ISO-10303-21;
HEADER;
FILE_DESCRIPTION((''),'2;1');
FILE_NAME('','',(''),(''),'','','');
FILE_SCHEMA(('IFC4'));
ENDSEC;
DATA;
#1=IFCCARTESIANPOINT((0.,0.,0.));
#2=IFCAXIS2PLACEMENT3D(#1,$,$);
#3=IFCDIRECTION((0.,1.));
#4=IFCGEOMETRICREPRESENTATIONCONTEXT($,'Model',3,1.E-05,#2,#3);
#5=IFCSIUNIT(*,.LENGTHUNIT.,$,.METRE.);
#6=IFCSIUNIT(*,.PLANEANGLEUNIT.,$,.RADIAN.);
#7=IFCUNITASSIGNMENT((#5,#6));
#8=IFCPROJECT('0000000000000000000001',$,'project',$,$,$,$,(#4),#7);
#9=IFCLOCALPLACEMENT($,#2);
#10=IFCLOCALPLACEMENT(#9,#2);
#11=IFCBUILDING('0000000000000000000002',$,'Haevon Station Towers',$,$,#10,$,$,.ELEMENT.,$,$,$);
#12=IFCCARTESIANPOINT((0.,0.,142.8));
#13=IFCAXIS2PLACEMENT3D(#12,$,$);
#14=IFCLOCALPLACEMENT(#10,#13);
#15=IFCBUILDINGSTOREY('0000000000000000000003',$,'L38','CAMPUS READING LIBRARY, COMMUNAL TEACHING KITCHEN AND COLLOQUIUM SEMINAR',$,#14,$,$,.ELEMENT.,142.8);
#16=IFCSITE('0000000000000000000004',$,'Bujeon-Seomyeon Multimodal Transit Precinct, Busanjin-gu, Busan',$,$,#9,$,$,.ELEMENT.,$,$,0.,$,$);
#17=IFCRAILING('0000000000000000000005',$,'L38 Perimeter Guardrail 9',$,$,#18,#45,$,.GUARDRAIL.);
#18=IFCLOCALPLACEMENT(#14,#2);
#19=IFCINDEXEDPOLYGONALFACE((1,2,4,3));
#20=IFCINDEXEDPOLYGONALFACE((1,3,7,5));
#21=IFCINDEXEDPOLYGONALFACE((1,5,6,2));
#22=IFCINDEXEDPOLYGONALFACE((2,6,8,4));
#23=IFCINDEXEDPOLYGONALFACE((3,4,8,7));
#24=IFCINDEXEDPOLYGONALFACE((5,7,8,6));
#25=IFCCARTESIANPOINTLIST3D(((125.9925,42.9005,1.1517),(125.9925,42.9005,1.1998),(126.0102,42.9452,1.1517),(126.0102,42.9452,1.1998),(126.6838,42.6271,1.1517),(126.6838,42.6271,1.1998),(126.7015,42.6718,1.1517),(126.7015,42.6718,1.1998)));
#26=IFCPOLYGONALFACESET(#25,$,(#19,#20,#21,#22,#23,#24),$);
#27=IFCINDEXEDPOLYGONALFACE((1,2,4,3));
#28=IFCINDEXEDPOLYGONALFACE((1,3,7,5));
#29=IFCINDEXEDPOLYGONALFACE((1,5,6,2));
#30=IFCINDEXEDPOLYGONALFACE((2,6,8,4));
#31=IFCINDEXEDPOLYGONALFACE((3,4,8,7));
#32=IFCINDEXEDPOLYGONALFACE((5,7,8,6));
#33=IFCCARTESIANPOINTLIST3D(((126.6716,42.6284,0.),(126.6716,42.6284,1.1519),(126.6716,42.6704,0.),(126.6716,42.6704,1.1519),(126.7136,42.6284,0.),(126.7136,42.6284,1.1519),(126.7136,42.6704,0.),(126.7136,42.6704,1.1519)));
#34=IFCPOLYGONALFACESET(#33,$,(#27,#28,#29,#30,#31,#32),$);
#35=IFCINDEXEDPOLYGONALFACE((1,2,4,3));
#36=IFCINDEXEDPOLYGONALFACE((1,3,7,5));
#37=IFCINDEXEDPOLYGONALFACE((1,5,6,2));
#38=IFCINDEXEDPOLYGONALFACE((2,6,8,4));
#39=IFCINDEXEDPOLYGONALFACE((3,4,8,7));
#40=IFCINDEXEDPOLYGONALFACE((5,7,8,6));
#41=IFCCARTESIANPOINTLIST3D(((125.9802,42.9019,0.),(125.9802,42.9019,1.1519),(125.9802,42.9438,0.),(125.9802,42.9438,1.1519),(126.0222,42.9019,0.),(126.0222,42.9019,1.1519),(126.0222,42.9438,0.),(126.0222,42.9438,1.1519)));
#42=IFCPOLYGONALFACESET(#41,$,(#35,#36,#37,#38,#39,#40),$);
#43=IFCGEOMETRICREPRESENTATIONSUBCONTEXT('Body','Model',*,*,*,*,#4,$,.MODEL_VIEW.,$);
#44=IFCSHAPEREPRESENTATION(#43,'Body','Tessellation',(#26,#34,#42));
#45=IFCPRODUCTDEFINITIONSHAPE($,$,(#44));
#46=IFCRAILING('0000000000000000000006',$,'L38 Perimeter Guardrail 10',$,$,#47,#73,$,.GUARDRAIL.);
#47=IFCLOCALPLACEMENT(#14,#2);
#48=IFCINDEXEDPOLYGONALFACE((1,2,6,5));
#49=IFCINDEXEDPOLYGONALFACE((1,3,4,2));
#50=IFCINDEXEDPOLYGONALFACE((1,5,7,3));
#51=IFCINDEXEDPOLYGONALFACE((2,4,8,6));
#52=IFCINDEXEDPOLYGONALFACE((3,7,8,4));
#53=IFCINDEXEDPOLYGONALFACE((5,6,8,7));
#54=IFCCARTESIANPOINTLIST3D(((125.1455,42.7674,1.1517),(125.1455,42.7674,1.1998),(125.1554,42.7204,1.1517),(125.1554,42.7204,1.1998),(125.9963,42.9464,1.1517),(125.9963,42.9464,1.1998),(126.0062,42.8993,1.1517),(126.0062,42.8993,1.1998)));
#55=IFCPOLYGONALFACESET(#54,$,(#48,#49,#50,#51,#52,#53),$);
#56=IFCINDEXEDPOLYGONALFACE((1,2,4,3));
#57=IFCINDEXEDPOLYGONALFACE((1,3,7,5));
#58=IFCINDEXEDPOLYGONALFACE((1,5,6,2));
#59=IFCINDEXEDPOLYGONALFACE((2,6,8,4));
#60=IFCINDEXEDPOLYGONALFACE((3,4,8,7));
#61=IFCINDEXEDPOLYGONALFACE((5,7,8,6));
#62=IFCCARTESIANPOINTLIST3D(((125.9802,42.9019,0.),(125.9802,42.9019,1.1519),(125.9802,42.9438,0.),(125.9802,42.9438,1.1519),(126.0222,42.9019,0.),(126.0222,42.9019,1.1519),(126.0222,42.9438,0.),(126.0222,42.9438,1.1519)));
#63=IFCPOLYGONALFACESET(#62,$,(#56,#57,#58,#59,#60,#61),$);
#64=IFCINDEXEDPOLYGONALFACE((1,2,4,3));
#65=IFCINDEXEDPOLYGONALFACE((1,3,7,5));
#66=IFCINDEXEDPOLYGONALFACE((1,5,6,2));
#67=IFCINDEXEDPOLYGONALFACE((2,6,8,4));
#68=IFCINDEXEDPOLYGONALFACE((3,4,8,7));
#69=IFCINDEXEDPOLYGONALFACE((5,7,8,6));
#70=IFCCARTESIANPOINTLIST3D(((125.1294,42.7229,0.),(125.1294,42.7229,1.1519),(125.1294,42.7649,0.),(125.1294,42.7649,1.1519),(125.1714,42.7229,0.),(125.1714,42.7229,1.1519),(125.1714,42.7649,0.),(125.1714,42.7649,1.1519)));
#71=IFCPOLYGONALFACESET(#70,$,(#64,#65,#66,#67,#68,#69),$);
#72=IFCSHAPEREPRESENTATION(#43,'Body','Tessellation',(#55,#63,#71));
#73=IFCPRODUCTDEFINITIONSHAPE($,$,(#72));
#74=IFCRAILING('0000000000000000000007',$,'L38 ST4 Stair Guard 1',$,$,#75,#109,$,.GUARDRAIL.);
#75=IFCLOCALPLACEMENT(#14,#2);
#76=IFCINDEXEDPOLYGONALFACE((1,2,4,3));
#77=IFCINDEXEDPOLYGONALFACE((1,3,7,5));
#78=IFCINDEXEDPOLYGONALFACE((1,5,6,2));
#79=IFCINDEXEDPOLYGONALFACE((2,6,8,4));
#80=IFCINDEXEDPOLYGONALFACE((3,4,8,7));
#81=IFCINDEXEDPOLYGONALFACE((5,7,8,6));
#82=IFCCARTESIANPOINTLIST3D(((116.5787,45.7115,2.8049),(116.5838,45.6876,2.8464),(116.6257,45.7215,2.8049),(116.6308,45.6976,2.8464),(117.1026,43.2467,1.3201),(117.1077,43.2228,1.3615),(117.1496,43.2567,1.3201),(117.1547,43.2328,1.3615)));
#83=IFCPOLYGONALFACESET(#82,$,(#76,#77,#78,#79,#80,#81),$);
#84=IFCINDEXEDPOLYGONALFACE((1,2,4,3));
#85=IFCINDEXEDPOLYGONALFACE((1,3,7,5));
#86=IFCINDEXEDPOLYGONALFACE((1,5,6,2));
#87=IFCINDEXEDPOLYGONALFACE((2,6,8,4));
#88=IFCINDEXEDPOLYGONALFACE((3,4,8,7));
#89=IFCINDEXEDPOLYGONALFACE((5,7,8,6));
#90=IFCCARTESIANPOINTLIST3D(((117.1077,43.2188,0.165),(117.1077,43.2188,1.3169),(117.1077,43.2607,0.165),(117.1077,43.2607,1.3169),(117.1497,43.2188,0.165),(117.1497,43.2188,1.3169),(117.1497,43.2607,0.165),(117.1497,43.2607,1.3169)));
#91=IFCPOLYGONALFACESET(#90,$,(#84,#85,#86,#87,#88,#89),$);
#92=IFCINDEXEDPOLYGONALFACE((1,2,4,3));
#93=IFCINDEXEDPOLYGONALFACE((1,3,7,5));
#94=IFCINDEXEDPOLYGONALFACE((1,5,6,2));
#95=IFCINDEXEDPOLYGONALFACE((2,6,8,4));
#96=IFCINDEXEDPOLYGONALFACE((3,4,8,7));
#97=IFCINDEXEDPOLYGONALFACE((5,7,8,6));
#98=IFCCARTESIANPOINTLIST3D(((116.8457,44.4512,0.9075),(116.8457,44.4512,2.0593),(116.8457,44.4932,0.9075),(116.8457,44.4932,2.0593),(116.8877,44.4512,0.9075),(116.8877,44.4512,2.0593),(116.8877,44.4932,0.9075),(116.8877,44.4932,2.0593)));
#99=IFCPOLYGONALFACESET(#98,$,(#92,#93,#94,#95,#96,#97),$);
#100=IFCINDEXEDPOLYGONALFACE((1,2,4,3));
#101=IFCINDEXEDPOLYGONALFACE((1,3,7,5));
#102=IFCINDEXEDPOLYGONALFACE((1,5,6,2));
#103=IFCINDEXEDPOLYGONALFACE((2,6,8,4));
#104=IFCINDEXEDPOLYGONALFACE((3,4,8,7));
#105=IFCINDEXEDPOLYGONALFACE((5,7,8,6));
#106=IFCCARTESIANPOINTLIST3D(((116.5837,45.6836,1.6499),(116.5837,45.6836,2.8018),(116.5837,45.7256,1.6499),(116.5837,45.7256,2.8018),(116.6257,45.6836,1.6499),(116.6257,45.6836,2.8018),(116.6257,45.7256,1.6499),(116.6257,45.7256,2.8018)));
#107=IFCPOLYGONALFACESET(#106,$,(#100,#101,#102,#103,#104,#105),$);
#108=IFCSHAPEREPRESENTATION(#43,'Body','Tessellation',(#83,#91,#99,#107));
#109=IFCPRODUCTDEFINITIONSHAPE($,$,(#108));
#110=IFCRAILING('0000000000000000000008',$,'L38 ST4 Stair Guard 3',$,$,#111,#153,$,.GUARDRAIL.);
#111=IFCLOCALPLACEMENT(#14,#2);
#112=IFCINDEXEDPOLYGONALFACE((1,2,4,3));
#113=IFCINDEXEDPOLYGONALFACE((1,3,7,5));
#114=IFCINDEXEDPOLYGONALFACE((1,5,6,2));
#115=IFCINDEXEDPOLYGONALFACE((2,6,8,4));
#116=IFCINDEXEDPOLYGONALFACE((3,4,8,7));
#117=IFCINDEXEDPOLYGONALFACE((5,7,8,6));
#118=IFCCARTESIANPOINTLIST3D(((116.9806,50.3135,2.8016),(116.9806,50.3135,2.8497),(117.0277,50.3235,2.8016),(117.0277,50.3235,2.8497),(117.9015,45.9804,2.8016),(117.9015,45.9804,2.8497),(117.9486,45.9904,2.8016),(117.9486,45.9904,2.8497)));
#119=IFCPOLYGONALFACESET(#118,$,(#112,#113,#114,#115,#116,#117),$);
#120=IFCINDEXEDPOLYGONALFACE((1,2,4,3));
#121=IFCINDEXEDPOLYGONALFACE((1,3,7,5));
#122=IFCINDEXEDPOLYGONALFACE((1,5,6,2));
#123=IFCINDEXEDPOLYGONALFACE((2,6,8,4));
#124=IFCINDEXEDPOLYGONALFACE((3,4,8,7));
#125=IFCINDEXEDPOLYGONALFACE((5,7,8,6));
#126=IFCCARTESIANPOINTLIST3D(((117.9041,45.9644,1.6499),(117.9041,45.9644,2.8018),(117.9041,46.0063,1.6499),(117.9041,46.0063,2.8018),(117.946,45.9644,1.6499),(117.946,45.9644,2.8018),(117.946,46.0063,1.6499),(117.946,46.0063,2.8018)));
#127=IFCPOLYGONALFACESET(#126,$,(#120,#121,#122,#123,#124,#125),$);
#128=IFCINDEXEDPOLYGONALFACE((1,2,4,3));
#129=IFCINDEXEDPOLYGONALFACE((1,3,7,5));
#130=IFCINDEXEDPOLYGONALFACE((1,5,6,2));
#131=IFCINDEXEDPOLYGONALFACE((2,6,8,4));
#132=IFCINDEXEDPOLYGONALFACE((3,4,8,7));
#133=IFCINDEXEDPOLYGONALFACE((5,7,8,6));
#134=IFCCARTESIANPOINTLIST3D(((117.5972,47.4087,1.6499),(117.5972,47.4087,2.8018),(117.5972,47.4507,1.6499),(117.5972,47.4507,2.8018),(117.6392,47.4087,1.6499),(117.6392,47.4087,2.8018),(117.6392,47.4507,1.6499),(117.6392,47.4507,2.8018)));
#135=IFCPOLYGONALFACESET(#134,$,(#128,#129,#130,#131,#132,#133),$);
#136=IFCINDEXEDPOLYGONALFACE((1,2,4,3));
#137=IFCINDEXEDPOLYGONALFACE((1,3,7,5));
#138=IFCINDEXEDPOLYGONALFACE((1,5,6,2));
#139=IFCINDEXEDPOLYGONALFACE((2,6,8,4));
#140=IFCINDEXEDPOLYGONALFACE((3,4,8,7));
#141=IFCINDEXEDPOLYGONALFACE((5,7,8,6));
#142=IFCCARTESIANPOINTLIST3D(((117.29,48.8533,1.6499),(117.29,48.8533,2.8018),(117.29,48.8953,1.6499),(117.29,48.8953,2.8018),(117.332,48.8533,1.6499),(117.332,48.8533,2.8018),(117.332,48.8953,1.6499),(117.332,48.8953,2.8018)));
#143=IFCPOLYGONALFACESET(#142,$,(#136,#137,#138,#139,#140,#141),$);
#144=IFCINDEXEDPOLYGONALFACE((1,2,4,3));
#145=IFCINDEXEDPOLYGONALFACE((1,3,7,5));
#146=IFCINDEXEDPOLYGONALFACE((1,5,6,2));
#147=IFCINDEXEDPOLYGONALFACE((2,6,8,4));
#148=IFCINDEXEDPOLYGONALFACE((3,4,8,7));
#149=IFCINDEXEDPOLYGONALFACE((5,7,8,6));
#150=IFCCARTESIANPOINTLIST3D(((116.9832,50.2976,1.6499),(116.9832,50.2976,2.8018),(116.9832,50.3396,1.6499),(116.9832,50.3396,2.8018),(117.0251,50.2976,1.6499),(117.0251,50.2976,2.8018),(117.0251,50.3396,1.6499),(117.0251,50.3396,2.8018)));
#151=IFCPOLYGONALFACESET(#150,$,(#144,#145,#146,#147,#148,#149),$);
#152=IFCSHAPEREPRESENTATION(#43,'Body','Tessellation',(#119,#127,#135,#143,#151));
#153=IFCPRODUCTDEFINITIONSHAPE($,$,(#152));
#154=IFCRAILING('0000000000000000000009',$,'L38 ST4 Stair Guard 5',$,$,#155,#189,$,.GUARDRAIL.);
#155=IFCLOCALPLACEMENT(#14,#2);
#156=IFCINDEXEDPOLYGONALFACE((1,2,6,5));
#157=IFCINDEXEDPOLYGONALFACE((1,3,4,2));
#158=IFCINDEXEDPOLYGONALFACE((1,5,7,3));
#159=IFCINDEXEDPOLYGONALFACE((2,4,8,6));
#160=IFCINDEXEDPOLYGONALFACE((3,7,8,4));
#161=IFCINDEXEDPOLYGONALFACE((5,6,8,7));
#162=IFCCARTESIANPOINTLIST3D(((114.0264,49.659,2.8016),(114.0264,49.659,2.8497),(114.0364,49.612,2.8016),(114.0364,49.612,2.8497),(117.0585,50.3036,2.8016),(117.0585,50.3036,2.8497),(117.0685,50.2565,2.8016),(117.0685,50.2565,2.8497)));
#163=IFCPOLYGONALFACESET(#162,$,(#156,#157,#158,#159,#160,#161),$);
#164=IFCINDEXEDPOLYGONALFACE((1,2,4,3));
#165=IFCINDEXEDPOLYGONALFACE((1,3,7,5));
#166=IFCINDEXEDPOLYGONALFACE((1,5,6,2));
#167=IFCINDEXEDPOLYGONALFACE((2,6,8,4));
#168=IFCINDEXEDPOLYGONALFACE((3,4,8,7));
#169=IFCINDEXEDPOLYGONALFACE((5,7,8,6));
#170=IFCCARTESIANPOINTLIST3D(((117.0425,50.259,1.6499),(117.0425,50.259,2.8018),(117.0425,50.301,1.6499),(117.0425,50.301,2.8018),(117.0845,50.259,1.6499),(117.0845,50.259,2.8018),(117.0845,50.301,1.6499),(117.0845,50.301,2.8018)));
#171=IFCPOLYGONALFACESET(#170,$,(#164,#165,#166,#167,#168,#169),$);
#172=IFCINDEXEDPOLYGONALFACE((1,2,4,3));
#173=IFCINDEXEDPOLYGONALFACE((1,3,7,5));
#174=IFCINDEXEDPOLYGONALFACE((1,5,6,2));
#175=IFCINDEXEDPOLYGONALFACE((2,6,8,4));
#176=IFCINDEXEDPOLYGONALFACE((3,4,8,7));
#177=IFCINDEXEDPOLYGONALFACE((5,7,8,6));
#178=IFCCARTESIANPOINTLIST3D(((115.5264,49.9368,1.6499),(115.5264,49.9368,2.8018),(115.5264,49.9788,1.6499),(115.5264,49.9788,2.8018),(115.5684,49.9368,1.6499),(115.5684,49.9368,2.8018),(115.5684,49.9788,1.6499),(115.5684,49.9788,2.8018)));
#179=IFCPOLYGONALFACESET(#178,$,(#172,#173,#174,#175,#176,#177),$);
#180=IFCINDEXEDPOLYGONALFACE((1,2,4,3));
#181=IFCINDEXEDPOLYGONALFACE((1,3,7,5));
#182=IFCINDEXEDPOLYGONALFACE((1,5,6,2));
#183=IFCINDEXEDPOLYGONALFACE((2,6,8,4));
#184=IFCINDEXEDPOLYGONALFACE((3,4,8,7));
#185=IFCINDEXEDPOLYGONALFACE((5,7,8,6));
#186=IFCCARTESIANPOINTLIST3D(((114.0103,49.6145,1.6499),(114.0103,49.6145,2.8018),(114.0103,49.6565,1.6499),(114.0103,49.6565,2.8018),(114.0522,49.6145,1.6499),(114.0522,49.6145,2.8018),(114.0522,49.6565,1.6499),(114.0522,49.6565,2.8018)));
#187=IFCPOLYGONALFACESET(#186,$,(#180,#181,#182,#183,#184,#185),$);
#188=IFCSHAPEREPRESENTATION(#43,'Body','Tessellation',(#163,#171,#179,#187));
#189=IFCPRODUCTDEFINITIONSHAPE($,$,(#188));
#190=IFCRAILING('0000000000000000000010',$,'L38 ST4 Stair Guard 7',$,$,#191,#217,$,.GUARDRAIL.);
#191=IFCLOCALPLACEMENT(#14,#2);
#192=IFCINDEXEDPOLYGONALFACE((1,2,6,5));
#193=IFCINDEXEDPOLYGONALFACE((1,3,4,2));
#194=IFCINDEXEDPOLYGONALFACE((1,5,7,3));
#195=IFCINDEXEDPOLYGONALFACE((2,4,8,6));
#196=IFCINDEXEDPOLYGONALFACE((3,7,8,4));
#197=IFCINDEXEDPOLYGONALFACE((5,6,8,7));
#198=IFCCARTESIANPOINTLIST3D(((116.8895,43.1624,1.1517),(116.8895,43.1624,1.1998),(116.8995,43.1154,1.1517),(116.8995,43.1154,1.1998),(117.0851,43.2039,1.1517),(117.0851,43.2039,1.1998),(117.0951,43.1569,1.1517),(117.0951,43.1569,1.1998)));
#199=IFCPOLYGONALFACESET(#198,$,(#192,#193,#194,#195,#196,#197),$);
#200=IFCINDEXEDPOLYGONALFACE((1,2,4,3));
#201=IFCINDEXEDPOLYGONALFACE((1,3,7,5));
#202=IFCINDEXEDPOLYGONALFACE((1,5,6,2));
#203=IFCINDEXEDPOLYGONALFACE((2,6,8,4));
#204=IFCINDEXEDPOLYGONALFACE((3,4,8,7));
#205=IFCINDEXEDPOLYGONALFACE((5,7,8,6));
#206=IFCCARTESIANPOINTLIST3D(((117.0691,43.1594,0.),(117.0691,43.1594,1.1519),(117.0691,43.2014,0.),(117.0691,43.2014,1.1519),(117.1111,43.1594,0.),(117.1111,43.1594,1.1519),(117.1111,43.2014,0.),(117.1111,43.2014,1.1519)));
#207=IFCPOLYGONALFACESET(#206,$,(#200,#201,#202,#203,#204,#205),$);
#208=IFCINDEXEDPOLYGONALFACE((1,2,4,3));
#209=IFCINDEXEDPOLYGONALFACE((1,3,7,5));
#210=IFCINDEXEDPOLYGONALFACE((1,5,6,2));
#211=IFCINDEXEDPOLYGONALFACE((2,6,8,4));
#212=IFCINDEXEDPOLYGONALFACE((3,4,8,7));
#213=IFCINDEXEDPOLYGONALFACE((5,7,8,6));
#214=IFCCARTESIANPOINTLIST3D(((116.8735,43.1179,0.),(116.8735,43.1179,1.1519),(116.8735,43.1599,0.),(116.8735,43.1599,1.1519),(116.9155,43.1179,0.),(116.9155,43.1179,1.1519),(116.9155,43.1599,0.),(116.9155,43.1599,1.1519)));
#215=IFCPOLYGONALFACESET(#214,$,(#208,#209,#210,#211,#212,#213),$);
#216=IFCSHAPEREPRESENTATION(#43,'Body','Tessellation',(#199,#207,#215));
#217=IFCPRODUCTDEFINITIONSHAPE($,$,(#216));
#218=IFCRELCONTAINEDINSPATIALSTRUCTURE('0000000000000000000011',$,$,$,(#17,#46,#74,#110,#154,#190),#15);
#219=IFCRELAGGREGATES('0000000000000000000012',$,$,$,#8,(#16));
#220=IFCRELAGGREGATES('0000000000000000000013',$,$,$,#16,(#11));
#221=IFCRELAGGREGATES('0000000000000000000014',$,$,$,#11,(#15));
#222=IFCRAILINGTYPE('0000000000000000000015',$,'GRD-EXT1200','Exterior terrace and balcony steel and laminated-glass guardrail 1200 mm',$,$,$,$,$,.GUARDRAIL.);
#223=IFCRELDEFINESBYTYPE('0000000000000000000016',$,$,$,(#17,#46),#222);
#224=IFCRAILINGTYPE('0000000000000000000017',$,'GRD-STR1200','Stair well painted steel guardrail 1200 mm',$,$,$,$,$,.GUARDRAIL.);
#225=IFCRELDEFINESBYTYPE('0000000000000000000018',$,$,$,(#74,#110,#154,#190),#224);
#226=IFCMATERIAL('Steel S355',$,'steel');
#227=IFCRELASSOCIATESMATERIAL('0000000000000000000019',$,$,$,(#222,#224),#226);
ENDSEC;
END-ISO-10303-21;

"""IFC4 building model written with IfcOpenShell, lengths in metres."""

from ifc_helpers import new_model, si_unit, direction, frame, origin, origin_2d, place, context, subcontext, project, spatial, rectangle, extrude, material, type_object, element, save


model = new_model("IFC4")

# Units and contexts
model_context = context("Model", 3, precision=1e-05, world=origin(), true_north=direction((0.0, 1.0)))
body_context = subcontext(model_context, "Body", "Model", "MODEL_VIEW")
ifc_project = project(units=[si_unit("LENGTHUNIT", "METRE"), si_unit("PLANEANGLEUNIT", "RADIAN")], contexts=[model_context])

# Site, building, storey
site_placement = place(None, origin())
site = spatial("IfcSite", under=ifc_project, at=site_placement, Name="Bujeon-Seomyeon Multimodal Transit Precinct, Busanjin-gu, Busan", CompositionType="ELEMENT", RefElevation=0.0)
building_placement = place(site_placement, origin())
building = spatial("IfcBuilding", under=site, at=building_placement, Name="Haevon Station Towers", CompositionType="ELEMENT")
storey_placement = place(building_placement, frame((0.0, 0.0, 142.8)))
storey = spatial("IfcBuildingStorey", under=building, at=storey_placement, Name="L38", Description="CAMPUS READING LIBRARY, COMMUNAL TEACHING KITCHEN AND COLLOQUIUM SEMINAR", CompositionType="ELEMENT", Elevation=142.8)

# Shared definitions
ifc_material_1 = material(Name="Steel S355", Category="steel")

# Railings
railing_type_1 = type_object("IfcRailingType", Name="GRD-EXT1200", Description="Exterior terrace and balcony steel and laminated-glass guardrail 1200 mm", PredefinedType="GUARDRAIL", material=ifc_material_1)
railing_1_placement = place(storey_placement, frame((126.6926, 42.6494, 0.0)))
element("IfcRailing", 1, at=railing_1_placement, inside=storey, type_object=railing_type_1, Name="L38 Perimeter Guardrail 9", PredefinedType="GUARDRAIL", context=body_context, shape_type="SweptSolid", body=[
    extrude(rectangle(XDim=0.0481, YDim=0.0481, at=origin_2d()), frame((0.0, 0.0, 1.1758), z_axis=(-0.929919, 0.367765, 0.0), x_axis=(-0.367765, -0.929919, 0.0)), (0.0, 0.0, 1.0), 0.7434),
    extrude(rectangle(XDim=0.042, YDim=0.042, at=origin_2d()), origin(), (0.0, 0.0, 1.0), 1.1519),
    extrude(rectangle(XDim=0.042, YDim=0.042, at=origin_2d()), frame((-0.6914, 0.2734, 0.0)), (0.0, 0.0, 1.0), 1.1519),
])
railing_2_placement = place(storey_placement, frame((126.0012, 42.9229, 0.0)))
element("IfcRailing", 2, at=railing_2_placement, inside=storey, type_object=railing_type_1, Name="L38 Perimeter Guardrail 10", PredefinedType="GUARDRAIL", context=body_context, shape_type="SweptSolid", body=[
    extrude(rectangle(XDim=0.0481, YDim=0.0481, at=origin_2d()), frame((0.0, 0.0, 1.1758), z_axis=(-0.978588, -0.205827, 0.0), x_axis=(0.205827, -0.978588, 0.0)), (0.0, 0.0, 1.0), 0.8694),
    extrude(rectangle(XDim=0.042, YDim=0.042, at=origin_2d()), origin(), (0.0, 0.0, 1.0), 1.1519),
    extrude(rectangle(XDim=0.042, YDim=0.042, at=origin_2d()), frame((-0.8508, -0.179, 0.0)), (0.0, 0.0, 1.0), 1.1519),
])
railing_type_2 = type_object("IfcRailingType", Name="GRD-STR1200", Description="Stair well painted steel guardrail 1200 mm", PredefinedType="GUARDRAIL", material=ifc_material_1)
railing_3_placement = place(storey_placement, frame((117.1287, 43.2397, 0.165)))
element("IfcRailing", 3, at=railing_3_placement, inside=storey, type_object=railing_type_2, Name="L38 ST4 Stair Guard 1", PredefinedType="GUARDRAIL", context=body_context, shape_type="SweptSolid", body=[
    extrude(rectangle(XDim=0.0481, YDim=0.0481, at=origin_2d()), frame((0.0, 0.0, 1.1758), z_axis=(-0.179129, 0.842724, 0.507671), x_axis=(-0.978147, -0.207914, 0.0)), (0.0, 0.0, 1.0), 2.9248),
    extrude(rectangle(XDim=0.042, YDim=0.042, at=origin_2d()), origin(), (0.0, 0.0, 1.0), 1.1519),
    extrude(rectangle(XDim=0.042, YDim=0.042, at=origin_2d()), frame((-0.262, 1.2324, 0.7424)), (0.0, 0.0, 1.0), 1.1519),
    extrude(rectangle(XDim=0.042, YDim=0.042, at=origin_2d()), frame((-0.5239, 2.4648, 1.4849)), (0.0, 0.0, 1.0), 1.1519),
])
railing_4_placement = place(storey_placement, frame((117.925, 45.9854, 1.6499)))
element("IfcRailing", 4, at=railing_4_placement, inside=storey, type_object=railing_type_2, Name="L38 ST4 Stair Guard 3", PredefinedType="GUARDRAIL", context=body_context, shape_type="SweptSolid", body=[
    extrude(rectangle(XDim=0.0481, YDim=0.0481, at=origin_2d()), frame((0.0, 0.0, 1.1758), z_axis=(-0.207877, 0.978155, 0.0), x_axis=(-0.978155, -0.207877, 0.0)), (0.0, 0.0, 1.0), 4.4299),
    extrude(rectangle(XDim=0.042, YDim=0.042, at=origin_2d()), origin(), (0.0, 0.0, 1.0), 1.1519),
    extrude(rectangle(XDim=0.042, YDim=0.042, at=origin_2d()), frame((-0.3069, 1.4443, 0.0)), (0.0, 0.0, 1.0), 1.1519),
    extrude(rectangle(XDim=0.042, YDim=0.042, at=origin_2d()), frame((-0.614, 2.8889, 0.0)), (0.0, 0.0, 1.0), 1.1519),
    extrude(rectangle(XDim=0.042, YDim=0.042, at=origin_2d()), frame((-0.9209, 4.3333, 0.0)), (0.0, 0.0, 1.0), 1.1519),
])
railing_5_placement = place(storey_placement, frame((117.0635, 50.28, 1.6499)))
element("IfcRailing", 5, at=railing_5_placement, inside=storey, type_object=railing_type_2, Name="L38 ST4 Stair Guard 5", PredefinedType="GUARDRAIL", context=body_context, shape_type="SweptSolid", body=[
    extrude(rectangle(XDim=0.0481, YDim=0.0481, at=origin_2d()), frame((0.0, 0.0, 1.1758), z_axis=(-0.978147, -0.207915, 0.0), x_axis=(0.207915, -0.978147, 0.0)), (0.0, 0.0, 1.0), 3.0999),
    extrude(rectangle(XDim=0.042, YDim=0.042, at=origin_2d()), origin(), (0.0, 0.0, 1.0), 1.1519),
    extrude(rectangle(XDim=0.042, YDim=0.042, at=origin_2d()), frame((-1.5161, -0.3223, 0.0)), (0.0, 0.0, 1.0), 1.1519),
    extrude(rectangle(XDim=0.042, YDim=0.042, at=origin_2d()), frame((-3.0322, -0.6445, 0.0)), (0.0, 0.0, 1.0), 1.1519),
])
railing_6_placement = place(storey_placement, frame((117.0901, 43.1804, 0.0)))
element("IfcRailing", 6, at=railing_6_placement, inside=storey, type_object=railing_type_2, Name="L38 ST4 Stair Guard 7", PredefinedType="GUARDRAIL", context=body_context, shape_type="SweptSolid", body=[
    extrude(rectangle(XDim=0.0481, YDim=0.0481, at=origin_2d()), frame((0.0, 0.0, 1.1758), z_axis=(-0.978212, -0.20761, 0.0), x_axis=(0.20761, -0.978212, 0.0)), (0.0, 0.0, 1.0), 0.2),
    extrude(rectangle(XDim=0.042, YDim=0.042, at=origin_2d()), origin(), (0.0, 0.0, 1.0), 1.1519),
    extrude(rectangle(XDim=0.042, YDim=0.042, at=origin_2d()), frame((-0.1956, -0.0415, 0.0)), (0.0, 0.0, 1.0), 1.1519),
])

save(model, "model.ifc")
